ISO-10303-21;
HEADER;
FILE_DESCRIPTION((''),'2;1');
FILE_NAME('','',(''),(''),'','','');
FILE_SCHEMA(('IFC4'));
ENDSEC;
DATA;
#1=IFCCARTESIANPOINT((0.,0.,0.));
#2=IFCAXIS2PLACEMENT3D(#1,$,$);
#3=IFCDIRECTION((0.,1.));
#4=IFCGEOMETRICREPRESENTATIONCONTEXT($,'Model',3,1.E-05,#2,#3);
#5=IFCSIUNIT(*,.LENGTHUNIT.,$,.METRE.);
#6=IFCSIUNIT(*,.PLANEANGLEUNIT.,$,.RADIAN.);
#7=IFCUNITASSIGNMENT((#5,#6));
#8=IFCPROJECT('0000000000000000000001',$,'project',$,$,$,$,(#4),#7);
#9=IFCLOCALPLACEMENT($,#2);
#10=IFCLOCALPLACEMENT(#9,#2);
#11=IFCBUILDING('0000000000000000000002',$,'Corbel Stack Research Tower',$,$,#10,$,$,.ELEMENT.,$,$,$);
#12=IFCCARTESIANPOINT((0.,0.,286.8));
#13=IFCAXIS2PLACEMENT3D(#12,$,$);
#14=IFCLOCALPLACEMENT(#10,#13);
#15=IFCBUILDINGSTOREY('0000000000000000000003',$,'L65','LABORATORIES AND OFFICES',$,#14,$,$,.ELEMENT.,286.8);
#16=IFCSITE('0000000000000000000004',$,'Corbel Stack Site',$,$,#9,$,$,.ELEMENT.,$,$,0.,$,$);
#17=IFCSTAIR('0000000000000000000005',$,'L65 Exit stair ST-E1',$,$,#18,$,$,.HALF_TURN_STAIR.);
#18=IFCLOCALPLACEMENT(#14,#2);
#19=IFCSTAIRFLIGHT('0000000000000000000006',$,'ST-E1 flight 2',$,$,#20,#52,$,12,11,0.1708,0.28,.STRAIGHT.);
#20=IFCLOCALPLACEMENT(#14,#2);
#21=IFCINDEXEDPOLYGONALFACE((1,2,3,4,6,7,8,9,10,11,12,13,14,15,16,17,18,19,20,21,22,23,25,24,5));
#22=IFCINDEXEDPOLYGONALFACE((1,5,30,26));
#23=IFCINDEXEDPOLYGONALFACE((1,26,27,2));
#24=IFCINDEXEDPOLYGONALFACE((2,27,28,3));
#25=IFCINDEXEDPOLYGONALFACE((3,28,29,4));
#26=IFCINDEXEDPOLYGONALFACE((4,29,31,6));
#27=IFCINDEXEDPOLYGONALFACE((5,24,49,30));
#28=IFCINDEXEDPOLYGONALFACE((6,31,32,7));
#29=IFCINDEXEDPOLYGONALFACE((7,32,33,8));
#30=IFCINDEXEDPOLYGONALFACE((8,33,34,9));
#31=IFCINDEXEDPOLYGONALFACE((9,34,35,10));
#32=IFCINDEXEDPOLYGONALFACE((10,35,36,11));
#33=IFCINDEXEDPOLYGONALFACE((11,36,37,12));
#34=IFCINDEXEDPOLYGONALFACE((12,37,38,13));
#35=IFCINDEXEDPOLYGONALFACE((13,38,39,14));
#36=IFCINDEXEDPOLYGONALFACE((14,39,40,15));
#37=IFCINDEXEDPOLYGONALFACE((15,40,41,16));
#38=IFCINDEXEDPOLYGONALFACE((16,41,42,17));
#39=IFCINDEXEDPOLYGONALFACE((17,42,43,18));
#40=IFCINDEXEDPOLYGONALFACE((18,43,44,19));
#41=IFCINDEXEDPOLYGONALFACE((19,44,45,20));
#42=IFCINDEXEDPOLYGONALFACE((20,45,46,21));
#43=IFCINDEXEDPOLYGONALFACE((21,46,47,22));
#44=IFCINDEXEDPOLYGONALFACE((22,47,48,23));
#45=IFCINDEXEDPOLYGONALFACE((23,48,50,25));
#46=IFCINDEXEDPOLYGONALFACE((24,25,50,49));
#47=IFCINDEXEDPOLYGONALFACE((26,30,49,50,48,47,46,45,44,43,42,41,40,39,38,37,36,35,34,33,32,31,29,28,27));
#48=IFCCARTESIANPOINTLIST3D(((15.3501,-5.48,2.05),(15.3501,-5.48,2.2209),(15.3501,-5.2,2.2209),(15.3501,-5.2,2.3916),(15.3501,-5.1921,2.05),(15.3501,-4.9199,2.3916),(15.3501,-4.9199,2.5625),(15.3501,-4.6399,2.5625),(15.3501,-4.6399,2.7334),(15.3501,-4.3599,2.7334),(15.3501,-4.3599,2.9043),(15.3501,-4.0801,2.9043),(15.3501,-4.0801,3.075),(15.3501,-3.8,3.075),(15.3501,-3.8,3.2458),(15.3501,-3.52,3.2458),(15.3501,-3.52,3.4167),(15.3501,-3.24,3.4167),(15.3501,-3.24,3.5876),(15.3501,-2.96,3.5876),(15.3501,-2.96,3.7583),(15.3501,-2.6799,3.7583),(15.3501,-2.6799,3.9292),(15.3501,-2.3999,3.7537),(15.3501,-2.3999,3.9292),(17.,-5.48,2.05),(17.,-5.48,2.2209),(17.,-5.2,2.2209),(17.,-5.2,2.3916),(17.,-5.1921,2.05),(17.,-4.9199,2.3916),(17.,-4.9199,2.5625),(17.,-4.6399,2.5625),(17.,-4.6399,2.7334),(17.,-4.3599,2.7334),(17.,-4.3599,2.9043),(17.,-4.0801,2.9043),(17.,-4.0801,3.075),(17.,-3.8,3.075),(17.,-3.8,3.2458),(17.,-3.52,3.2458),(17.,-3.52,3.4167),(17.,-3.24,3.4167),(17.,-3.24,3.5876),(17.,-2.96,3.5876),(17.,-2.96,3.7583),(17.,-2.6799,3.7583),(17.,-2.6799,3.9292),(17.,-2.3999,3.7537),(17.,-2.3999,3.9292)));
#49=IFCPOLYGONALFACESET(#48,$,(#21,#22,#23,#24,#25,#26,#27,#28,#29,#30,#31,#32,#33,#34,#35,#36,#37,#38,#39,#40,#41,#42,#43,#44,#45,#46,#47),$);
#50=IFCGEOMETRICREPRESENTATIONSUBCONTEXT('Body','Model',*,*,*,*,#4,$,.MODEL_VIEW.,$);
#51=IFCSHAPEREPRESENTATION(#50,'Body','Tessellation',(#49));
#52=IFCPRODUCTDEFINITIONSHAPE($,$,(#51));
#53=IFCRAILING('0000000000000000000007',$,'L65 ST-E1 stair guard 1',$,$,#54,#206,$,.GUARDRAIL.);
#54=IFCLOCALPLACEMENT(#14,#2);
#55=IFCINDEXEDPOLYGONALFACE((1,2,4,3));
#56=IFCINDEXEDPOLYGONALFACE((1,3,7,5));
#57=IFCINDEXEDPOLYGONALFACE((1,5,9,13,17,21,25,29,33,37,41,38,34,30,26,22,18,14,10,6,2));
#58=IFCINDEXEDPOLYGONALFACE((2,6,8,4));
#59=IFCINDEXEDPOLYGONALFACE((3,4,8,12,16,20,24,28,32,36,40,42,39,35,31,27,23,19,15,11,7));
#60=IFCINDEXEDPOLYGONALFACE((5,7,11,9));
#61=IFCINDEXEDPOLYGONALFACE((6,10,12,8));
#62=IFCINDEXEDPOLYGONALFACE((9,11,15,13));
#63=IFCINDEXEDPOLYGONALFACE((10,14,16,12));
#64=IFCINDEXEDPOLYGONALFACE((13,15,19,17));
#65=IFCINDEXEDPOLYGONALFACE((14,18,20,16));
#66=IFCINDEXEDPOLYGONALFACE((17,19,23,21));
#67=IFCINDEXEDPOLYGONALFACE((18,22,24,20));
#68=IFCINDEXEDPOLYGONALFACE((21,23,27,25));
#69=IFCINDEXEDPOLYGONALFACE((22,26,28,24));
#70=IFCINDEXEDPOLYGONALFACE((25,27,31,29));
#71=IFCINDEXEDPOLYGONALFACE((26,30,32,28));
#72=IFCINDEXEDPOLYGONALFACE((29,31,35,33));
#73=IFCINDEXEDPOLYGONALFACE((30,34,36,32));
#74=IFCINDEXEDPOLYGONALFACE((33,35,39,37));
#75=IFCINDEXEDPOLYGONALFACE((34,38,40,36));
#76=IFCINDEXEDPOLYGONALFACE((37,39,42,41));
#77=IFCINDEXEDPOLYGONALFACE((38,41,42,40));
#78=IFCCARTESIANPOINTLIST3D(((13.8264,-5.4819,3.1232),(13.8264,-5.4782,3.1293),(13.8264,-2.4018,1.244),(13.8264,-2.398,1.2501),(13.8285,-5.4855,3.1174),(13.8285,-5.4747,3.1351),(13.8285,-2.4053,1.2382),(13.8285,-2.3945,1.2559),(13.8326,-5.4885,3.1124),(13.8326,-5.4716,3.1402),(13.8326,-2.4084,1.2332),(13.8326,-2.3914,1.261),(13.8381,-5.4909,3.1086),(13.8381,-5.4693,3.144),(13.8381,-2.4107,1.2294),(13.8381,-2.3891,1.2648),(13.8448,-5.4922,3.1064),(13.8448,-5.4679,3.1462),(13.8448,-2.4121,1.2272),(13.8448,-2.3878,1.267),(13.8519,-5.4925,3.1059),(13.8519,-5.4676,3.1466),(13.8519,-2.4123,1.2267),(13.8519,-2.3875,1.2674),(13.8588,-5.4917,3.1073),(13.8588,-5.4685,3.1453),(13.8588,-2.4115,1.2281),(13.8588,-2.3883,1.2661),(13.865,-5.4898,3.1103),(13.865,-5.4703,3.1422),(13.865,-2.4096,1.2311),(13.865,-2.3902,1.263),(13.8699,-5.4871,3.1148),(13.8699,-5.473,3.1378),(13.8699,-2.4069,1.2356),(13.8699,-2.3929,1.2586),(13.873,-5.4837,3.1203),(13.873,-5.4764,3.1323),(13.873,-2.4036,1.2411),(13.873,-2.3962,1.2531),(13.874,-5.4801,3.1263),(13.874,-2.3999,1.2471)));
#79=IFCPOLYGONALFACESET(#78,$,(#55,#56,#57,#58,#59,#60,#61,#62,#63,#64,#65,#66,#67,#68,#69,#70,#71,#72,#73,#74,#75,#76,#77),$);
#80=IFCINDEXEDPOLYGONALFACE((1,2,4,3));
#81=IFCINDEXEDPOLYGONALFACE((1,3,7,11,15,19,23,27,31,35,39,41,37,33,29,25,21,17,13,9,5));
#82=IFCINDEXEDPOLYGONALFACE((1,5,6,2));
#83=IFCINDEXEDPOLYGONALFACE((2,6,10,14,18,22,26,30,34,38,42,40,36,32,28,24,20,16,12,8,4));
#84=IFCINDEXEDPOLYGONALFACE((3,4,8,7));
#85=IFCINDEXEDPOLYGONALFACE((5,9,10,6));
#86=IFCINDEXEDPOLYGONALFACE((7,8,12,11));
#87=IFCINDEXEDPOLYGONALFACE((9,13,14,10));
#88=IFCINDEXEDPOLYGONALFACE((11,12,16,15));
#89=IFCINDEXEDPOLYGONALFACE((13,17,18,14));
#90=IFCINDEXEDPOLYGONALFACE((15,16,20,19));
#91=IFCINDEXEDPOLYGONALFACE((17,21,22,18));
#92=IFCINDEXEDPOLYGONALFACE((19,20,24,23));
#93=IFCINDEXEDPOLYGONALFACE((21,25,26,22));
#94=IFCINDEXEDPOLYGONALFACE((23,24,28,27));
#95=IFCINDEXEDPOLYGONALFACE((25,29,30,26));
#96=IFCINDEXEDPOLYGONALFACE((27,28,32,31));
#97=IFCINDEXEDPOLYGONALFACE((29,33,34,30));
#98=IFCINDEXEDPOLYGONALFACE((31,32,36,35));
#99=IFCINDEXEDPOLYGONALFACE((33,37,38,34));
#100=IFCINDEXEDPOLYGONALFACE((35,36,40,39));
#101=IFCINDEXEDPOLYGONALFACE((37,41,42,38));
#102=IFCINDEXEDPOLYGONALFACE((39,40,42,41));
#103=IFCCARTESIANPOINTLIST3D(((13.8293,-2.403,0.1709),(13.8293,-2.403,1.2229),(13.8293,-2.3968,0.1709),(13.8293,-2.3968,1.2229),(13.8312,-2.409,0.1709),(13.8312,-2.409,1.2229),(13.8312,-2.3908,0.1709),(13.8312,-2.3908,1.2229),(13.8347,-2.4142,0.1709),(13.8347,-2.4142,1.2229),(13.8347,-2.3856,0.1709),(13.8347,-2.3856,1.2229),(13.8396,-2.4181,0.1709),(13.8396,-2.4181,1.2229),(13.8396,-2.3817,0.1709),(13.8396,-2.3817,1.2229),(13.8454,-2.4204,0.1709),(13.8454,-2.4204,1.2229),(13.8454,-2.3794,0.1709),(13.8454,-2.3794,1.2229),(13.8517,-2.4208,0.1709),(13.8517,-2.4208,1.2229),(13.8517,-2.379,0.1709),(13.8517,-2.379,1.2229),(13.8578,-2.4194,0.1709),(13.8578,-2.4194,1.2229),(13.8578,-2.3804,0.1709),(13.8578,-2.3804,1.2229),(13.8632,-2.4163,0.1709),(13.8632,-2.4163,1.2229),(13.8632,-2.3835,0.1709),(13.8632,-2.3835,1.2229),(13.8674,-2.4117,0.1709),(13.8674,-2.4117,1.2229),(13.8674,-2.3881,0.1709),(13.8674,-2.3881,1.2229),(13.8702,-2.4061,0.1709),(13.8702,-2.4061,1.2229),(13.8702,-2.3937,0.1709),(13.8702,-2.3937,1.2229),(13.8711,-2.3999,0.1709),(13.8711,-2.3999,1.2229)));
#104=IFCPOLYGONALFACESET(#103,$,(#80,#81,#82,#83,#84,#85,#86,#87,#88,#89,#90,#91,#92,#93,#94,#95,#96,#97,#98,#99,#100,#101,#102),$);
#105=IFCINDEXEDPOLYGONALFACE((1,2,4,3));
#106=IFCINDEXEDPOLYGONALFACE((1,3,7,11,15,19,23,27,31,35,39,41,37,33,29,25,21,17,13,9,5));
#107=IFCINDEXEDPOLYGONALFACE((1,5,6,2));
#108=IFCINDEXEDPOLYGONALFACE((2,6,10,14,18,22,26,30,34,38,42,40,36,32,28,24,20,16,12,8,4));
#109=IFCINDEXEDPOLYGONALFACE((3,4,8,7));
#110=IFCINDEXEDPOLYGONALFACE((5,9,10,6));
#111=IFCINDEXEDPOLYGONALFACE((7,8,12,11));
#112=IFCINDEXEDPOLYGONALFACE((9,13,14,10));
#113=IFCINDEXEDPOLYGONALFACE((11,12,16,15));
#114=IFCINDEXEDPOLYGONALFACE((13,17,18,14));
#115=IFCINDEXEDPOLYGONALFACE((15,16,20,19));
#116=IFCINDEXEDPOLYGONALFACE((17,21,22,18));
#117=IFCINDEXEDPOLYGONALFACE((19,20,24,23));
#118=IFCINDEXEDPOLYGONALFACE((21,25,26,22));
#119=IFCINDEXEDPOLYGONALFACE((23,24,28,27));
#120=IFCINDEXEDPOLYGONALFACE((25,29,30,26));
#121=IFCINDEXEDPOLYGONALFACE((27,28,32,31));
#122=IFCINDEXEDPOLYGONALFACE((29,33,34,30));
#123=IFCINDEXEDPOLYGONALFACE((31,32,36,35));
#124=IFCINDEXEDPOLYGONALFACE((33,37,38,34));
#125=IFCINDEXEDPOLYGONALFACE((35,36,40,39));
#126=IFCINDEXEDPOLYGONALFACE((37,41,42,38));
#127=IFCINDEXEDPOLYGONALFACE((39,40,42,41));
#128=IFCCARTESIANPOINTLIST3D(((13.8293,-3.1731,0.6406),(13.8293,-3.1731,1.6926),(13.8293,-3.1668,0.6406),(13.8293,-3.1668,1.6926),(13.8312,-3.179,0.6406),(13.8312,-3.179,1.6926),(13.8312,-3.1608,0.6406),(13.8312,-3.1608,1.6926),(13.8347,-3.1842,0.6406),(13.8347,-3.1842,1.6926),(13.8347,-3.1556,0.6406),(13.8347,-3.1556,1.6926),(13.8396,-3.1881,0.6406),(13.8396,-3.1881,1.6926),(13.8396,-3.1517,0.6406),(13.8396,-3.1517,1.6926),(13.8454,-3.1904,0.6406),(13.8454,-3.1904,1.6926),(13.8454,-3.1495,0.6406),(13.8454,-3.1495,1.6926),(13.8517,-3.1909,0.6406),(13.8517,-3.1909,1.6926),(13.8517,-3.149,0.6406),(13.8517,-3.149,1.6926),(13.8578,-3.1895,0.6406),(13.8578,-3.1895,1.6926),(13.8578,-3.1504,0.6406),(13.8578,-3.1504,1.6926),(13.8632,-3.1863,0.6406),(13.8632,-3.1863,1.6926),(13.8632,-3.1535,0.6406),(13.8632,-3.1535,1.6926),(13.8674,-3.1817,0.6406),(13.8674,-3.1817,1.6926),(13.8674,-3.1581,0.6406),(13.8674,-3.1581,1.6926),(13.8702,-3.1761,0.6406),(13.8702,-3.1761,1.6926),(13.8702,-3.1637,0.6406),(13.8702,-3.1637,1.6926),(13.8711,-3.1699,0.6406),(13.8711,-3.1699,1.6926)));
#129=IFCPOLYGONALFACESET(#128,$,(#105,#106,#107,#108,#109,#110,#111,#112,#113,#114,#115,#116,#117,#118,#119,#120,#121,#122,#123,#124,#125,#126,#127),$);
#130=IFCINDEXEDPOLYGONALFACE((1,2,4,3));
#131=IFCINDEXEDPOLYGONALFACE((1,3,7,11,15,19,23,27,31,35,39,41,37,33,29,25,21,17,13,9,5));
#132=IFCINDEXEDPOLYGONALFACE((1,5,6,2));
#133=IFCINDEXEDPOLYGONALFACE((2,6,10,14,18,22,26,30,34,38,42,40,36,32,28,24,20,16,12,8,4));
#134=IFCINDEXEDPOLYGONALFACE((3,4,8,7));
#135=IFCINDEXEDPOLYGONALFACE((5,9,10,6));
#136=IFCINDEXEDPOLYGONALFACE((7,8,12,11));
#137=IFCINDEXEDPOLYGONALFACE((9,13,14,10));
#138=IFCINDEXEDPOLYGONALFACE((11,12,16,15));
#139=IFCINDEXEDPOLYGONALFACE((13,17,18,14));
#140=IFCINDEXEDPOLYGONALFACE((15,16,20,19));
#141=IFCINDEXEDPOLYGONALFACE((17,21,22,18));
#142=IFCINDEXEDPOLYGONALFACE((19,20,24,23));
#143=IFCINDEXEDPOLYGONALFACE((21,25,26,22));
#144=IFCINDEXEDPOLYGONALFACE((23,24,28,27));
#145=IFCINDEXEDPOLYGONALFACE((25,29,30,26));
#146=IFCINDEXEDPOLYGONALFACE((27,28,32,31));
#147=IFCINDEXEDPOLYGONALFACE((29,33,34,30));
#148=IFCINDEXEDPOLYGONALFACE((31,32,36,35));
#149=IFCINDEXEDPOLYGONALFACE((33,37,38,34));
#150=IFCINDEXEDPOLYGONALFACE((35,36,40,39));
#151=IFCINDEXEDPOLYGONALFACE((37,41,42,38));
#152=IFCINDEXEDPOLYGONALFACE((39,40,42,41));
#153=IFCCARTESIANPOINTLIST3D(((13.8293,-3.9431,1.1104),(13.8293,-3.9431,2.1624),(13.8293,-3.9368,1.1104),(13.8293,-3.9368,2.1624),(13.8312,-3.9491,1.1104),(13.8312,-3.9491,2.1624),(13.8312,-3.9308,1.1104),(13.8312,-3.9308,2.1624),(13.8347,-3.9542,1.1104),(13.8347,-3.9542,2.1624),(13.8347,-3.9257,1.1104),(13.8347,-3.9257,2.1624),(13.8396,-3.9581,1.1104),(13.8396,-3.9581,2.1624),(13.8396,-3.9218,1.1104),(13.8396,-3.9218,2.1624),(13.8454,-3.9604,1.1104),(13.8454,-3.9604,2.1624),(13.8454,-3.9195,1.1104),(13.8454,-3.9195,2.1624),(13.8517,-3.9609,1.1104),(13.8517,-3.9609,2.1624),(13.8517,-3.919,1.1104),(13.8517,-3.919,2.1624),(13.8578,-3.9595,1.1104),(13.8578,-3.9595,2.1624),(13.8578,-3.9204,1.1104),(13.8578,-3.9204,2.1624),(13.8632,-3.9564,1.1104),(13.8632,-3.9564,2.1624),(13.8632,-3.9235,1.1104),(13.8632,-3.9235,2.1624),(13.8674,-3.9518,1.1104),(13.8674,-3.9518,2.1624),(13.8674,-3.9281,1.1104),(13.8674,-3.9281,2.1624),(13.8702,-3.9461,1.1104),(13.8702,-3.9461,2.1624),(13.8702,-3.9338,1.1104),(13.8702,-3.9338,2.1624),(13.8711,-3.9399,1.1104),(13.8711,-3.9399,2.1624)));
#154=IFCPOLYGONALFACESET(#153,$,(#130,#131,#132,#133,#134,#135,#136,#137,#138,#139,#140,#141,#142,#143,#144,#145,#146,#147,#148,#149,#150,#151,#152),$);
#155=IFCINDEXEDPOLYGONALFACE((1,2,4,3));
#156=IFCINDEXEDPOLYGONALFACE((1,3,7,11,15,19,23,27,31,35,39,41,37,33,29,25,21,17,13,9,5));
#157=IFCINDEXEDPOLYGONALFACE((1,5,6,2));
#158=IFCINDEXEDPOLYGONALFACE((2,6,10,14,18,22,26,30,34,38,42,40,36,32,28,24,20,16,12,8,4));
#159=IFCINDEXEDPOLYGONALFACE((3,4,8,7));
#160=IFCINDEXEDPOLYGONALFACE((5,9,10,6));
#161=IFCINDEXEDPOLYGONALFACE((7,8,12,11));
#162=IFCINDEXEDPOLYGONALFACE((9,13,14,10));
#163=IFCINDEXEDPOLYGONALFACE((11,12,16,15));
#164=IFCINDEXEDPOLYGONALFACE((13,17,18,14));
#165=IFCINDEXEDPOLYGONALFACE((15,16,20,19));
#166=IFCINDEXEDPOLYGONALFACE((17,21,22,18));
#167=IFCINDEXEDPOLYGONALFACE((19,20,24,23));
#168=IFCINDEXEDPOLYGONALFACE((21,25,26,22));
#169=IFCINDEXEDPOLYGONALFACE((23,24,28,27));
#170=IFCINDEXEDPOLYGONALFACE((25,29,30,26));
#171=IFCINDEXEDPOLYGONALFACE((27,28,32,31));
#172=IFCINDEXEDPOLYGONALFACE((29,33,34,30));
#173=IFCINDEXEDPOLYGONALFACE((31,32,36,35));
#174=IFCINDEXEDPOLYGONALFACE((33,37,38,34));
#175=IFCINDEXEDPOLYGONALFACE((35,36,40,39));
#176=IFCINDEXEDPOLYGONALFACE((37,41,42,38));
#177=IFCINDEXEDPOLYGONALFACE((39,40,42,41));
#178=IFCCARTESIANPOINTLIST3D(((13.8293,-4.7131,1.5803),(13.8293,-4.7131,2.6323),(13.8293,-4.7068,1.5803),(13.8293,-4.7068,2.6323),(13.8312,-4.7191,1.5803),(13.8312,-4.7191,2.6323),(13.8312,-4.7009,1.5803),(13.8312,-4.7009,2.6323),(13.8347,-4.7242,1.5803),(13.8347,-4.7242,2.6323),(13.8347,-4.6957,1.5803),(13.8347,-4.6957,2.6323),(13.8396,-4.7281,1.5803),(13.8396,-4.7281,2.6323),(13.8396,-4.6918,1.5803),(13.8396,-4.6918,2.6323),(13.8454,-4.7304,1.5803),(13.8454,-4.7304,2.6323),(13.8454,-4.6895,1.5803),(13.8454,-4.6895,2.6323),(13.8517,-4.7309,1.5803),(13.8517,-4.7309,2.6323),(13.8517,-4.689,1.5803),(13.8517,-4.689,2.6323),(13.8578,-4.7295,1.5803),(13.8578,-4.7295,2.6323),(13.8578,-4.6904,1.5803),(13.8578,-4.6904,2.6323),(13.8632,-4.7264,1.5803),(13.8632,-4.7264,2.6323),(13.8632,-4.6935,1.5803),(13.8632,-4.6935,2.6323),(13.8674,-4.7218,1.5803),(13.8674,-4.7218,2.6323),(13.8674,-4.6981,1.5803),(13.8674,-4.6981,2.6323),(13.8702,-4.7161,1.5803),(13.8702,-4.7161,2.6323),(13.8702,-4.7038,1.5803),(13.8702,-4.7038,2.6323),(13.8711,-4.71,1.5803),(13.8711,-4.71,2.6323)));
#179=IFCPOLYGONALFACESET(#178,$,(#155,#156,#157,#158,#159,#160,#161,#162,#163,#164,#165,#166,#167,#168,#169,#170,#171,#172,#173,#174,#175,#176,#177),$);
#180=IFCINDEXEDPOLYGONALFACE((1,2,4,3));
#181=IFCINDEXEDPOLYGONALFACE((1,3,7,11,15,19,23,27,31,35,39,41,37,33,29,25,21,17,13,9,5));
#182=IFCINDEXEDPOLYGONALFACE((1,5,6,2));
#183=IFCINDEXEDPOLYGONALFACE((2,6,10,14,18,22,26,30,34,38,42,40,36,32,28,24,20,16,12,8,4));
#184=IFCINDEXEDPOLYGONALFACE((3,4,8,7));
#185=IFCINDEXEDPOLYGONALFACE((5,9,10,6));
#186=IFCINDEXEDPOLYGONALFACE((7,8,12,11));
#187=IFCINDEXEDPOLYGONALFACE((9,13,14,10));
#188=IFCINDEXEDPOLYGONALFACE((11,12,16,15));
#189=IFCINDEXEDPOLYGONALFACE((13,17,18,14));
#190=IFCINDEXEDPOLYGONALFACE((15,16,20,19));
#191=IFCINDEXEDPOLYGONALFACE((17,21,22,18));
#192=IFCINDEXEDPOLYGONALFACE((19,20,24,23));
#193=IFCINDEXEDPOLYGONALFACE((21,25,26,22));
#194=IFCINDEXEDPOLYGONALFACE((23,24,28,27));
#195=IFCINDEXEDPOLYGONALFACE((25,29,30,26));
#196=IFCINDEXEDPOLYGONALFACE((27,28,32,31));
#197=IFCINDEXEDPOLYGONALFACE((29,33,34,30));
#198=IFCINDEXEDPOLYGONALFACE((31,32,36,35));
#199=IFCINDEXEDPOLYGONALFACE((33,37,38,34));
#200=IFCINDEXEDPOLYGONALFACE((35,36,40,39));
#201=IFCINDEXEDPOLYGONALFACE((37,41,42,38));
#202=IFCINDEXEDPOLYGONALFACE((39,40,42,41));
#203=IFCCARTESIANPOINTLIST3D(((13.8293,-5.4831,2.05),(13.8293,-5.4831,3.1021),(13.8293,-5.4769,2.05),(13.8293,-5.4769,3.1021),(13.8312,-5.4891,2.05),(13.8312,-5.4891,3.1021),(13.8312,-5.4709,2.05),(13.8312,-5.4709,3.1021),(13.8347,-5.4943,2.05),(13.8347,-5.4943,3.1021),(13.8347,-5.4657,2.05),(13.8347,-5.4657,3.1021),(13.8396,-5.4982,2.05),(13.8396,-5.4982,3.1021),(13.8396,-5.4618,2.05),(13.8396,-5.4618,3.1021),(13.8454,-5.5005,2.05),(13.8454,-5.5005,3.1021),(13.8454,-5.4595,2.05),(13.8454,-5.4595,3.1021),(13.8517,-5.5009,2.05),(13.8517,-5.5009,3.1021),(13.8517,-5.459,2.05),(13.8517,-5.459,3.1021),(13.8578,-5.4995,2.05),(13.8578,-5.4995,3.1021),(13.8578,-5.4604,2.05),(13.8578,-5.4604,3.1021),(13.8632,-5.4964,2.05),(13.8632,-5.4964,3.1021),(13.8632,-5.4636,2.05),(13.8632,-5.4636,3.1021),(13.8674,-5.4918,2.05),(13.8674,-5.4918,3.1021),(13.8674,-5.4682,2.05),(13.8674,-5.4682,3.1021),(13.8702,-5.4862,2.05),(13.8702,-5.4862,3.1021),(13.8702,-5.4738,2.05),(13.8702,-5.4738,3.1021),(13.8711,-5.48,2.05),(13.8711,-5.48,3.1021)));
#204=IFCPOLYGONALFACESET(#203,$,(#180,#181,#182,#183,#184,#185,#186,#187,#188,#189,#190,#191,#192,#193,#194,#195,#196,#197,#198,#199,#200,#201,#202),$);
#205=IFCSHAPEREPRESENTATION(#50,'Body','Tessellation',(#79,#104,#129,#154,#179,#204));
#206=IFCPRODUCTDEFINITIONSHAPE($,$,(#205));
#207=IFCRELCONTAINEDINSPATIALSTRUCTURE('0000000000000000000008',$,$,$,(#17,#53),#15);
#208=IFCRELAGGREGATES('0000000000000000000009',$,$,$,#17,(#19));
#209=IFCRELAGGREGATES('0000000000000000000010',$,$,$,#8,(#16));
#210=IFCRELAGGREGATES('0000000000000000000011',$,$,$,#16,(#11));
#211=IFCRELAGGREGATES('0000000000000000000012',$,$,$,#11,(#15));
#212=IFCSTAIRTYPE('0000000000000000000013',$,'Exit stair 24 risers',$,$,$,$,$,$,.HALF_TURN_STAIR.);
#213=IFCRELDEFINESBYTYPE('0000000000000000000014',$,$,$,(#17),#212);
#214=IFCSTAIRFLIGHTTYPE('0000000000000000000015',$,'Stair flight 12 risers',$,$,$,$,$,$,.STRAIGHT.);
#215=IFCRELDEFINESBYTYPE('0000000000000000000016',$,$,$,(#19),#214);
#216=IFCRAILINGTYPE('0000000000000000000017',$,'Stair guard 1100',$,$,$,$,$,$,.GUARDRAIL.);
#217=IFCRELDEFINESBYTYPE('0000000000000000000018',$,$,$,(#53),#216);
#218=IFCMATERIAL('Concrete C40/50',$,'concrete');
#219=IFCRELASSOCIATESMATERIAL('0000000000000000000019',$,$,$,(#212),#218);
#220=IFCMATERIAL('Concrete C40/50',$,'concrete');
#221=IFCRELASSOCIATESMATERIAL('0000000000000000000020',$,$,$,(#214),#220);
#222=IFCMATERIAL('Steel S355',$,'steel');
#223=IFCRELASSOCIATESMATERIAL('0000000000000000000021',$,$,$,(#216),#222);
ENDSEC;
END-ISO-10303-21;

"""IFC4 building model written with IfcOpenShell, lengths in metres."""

from ifc_helpers import new_model, si_unit, direction, frame, origin, origin_2d, place, context, subcontext, project, spatial, polyline, circle, outline, extrude, material, type_object, element, aggregate, save


model = new_model("IFC4")

# Units and contexts
model_context = context("Model", 3, precision=1e-05, world=origin(), true_north=direction((0.0, 1.0)))
body_context = subcontext(model_context, "Body", "Model", "MODEL_VIEW")
ifc_project = project(units=[si_unit("LENGTHUNIT", "METRE"), si_unit("PLANEANGLEUNIT", "RADIAN")], contexts=[model_context])

# Site, building, storey
site_placement = place(None, origin())
site = spatial("IfcSite", under=ifc_project, at=site_placement, Name="Corbel Stack Site", CompositionType="ELEMENT", RefElevation=0.0)
building_placement = place(site_placement, origin())
building = spatial("IfcBuilding", under=site, at=building_placement, Name="Corbel Stack Research Tower", CompositionType="ELEMENT")
storey_placement = place(building_placement, frame((0.0, 0.0, 286.8)))
storey = spatial("IfcBuildingStorey", under=building, at=storey_placement, Name="L65", Description="LABORATORIES AND OFFICES", CompositionType="ELEMENT", Elevation=286.8)

# Stair, stair flight
ifc_material_1 = material(Name="Concrete C40/50", Category="concrete")
stair_type = type_object("IfcStairType", Name="Exit stair 24 risers", PredefinedType="HALF_TURN_STAIR", material=ifc_material_1)
stair_placement = place(storey_placement, origin())
stair = element("IfcStair", 1, at=stair_placement, inside=storey, type_object=stair_type, Name="L65 Exit stair ST-E1", PredefinedType="HALF_TURN_STAIR")
ifc_material_2 = material(Name="Concrete C40/50", Category="concrete")
stair_flight_type = type_object("IfcStairFlightType", Name="Stair flight 12 risers", PredefinedType="STRAIGHT", material=ifc_material_2)
stair_flight_1_placement = place(storey_placement, frame((16.175, -5.48, 2.05), z_axis=(0.0, 0.0, 1.0), x_axis=(0.0, 1.0, 0.0)))
stair_flight_1 = element("IfcStairFlight", 2, at=stair_flight_1_placement, type_object=stair_flight_type, Name="ST-E1 flight 2", NumberOfRisers=12, NumberOfTreads=11, PredefinedType="STRAIGHT", RiserHeight=0.1708, TreadLength=0.28, context=body_context, shape_type="SweptSolid", body=[
    extrude(outline(polyline([(0.0, 0.0), (0.0, 0.1709), (0.28, 0.1709), (0.28, 0.3416), (0.5601, 0.3416), (0.5601, 0.5125), (0.8401, 0.5125), (0.8401, 0.6833), (1.1201, 0.6833), (1.1201, 0.8542), (1.3999, 0.8542), (1.3999, 1.0249), (1.6799, 1.0249), (1.6799, 1.1958), (1.96, 1.1958), (1.96, 1.3667), (2.24, 1.3667), (2.24, 1.5376), (2.52, 1.5376), (2.52, 1.7083), (2.8, 1.7083), (2.8, 1.8792), (3.0801, 1.8792), (3.0801, 2.05), (3.0801, 1.7036), (0.2878, 0.0), (0.0, 0.0)])), frame((0.0, 0.825, 0.0), z_axis=(0.0, -1.0, 0.0), x_axis=(1.0, 0.0, 0.0)), (0.0, 0.0, 1.0), 1.6499),
])
aggregate(stair, [stair_flight_1])

# Railing
ifc_material_3 = material(Name="Steel S355", Category="steel")
railing_type_1 = type_object("IfcRailingType", Name="Stair guard 1100", PredefinedType="GUARDRAIL", material=ifc_material_3)
railing_1_placement = place(storey_placement, frame((13.8501, -2.3999, 0.1709)))
element("IfcRailing", 3, at=railing_1_placement, inside=storey, type_object=railing_type_1, Name="L65 ST-E1 stair guard 1", PredefinedType="GUARDRAIL", context=body_context, shape_type="SweptSolid", body=[
    extrude(circle(Radius=0.0239, at=origin_2d()), frame((0.0, 0.0, 1.0762), z_axis=(0.0, -0.853666, 0.52082), x_axis=(1.0, 0.0, 0.0)), (0.0, 0.0, 1.0), 3.6082),
    extrude(circle(Radius=0.021, at=origin_2d()), origin(), (0.0, 0.0, 1.0), 1.052),
    extrude(circle(Radius=0.021, at=origin_2d()), frame((0.0, -0.77, 0.4697)), (0.0, 0.0, 1.0), 1.052),
    extrude(circle(Radius=0.021, at=origin_2d()), frame((0.0, -1.54, 0.9395)), (0.0, 0.0, 1.0), 1.052),
    extrude(circle(Radius=0.021, at=origin_2d()), frame((0.0, -2.3101, 1.4094)), (0.0, 0.0, 1.0), 1.052),
    extrude(circle(Radius=0.021, at=origin_2d()), frame((0.0, -3.0801, 1.8792)), (0.0, 0.0, 1.0), 1.052),
])

save(model, "model.ifc")
